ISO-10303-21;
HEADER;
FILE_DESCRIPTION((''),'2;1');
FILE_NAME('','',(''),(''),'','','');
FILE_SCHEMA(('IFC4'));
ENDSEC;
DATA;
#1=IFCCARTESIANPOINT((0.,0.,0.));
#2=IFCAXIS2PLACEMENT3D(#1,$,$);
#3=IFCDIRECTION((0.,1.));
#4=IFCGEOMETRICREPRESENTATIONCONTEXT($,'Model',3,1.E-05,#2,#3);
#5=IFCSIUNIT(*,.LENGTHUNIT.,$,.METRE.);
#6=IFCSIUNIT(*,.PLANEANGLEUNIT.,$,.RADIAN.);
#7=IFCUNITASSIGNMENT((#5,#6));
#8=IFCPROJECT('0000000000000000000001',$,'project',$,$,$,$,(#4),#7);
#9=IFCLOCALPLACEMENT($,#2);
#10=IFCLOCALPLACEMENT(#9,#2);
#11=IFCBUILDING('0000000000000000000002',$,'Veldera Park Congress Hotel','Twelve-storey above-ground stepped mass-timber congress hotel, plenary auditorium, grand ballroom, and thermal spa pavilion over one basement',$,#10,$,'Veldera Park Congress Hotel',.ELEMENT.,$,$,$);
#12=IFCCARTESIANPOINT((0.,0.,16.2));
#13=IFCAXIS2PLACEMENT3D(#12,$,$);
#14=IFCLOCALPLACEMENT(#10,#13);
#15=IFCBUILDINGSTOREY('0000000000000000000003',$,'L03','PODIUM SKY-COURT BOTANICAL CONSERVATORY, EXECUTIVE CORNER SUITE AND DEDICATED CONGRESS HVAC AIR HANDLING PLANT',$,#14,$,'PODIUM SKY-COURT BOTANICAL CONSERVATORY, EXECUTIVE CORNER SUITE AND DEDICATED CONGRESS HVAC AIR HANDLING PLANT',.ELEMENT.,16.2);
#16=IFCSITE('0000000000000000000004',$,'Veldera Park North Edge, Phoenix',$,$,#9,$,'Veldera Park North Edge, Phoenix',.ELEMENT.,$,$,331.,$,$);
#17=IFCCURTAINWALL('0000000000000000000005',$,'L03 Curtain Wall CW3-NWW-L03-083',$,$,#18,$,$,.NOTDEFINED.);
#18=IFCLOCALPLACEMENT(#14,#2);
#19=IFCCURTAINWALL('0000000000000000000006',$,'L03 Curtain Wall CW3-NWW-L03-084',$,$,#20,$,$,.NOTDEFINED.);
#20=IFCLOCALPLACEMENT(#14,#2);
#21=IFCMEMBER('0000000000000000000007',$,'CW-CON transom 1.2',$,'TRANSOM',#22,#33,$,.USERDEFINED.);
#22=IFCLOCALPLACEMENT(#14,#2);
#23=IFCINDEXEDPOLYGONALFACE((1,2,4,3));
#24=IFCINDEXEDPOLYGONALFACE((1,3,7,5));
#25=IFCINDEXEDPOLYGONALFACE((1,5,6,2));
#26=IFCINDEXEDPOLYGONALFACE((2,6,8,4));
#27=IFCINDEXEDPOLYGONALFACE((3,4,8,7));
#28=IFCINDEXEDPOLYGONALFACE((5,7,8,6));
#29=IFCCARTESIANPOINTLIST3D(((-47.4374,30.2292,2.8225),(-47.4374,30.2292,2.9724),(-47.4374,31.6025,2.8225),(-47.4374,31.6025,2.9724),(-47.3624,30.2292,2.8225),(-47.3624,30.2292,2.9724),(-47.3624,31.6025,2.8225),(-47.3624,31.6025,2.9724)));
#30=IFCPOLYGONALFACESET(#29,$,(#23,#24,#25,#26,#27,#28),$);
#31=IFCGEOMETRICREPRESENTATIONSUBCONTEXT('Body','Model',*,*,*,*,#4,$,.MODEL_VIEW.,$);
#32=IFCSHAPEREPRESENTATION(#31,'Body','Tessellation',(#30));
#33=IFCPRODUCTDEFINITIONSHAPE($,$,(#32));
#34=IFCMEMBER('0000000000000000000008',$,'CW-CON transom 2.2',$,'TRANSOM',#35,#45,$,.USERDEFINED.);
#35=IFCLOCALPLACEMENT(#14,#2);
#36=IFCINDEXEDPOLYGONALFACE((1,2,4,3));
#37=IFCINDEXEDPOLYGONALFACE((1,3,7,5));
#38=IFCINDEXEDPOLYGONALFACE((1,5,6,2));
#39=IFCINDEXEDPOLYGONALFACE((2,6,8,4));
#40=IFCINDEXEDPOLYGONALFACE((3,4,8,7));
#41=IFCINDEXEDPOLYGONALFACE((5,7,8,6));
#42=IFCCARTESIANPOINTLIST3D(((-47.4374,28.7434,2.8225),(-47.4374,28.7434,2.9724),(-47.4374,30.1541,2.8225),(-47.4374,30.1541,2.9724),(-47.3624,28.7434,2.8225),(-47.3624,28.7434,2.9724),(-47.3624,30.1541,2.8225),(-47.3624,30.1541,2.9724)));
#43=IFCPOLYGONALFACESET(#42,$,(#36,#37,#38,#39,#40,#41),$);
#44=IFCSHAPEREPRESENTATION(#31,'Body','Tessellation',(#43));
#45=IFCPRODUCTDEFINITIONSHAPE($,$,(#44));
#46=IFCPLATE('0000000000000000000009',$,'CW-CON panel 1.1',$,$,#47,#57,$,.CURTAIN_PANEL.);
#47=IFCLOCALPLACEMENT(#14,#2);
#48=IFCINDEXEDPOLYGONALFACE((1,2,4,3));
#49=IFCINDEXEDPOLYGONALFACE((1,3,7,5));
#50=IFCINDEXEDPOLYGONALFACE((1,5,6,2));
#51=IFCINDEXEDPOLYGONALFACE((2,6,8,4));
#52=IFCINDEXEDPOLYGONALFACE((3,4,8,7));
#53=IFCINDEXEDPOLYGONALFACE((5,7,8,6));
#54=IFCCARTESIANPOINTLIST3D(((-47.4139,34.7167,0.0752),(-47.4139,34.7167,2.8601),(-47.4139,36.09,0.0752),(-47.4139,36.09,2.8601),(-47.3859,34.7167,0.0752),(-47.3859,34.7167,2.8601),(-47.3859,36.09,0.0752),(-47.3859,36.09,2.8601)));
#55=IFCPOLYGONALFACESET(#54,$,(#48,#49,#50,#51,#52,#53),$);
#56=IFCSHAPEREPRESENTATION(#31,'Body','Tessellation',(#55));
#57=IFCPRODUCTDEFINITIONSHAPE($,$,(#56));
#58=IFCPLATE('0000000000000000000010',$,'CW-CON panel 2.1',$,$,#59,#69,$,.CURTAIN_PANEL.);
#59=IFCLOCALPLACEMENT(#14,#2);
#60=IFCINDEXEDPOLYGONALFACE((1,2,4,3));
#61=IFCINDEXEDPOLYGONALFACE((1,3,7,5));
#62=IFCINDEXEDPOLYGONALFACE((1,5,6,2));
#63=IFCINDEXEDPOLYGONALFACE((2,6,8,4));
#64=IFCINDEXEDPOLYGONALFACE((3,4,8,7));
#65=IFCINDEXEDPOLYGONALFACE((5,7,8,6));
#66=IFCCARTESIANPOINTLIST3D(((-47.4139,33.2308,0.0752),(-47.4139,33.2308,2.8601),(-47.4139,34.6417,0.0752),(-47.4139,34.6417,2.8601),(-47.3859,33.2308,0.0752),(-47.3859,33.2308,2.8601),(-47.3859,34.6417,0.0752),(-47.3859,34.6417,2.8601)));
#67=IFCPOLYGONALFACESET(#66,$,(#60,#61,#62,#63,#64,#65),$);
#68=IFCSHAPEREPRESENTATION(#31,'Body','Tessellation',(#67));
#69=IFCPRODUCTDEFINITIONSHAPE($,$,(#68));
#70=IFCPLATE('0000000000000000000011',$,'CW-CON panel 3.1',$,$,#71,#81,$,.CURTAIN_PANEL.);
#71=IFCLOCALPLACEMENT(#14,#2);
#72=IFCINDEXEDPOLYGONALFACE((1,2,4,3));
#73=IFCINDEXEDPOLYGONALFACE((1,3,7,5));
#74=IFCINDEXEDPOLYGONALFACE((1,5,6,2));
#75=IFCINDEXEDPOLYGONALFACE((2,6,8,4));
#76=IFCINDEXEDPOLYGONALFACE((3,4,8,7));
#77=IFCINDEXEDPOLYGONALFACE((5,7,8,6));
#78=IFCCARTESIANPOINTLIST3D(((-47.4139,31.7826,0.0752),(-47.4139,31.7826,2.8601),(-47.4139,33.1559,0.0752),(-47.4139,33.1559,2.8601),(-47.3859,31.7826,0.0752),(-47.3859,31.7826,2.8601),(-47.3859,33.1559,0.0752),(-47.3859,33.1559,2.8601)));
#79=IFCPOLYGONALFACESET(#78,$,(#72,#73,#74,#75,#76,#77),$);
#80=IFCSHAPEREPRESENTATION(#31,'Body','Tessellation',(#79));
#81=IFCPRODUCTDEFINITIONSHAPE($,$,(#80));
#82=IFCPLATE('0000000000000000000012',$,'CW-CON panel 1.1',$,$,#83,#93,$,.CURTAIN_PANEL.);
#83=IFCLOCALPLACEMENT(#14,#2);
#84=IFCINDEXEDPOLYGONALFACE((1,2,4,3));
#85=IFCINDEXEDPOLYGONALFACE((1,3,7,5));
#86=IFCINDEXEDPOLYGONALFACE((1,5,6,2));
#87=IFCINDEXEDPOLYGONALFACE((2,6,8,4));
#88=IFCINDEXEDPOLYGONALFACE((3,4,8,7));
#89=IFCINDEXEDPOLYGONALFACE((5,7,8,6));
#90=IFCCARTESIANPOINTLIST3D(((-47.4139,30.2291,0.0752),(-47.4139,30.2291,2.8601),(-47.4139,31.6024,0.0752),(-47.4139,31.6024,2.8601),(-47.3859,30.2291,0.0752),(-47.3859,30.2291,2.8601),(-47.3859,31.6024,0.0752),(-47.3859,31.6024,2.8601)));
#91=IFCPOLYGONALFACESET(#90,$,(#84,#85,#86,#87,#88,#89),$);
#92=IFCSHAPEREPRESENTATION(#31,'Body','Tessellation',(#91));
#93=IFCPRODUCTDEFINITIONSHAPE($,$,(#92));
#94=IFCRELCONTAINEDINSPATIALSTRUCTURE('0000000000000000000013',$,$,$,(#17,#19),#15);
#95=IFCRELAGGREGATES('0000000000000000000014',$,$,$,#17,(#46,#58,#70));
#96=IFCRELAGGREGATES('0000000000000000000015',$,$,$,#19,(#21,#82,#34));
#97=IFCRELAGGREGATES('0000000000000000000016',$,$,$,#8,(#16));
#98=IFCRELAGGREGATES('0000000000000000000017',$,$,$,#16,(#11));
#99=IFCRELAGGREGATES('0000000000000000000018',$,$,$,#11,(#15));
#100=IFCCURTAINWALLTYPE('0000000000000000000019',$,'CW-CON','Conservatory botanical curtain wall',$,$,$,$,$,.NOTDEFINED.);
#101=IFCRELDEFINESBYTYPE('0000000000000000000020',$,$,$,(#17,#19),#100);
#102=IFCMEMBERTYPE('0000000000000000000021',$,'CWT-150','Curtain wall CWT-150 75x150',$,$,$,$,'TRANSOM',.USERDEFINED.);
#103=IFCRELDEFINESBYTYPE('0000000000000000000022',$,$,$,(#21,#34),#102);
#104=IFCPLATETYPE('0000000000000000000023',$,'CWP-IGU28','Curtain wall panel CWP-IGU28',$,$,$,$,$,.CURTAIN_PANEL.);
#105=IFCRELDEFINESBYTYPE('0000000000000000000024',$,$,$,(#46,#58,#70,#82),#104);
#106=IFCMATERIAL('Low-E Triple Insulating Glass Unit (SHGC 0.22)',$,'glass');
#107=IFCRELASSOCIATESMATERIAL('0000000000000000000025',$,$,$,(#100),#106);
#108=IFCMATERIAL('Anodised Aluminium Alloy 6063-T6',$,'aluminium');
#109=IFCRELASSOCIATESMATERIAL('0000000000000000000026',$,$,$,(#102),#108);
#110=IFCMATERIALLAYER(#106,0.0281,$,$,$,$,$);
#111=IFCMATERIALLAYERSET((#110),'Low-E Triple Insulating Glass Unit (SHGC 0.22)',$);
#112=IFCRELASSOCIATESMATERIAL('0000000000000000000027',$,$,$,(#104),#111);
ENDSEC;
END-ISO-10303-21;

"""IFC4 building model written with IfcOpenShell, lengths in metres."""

from ifc_helpers import new_model, si_unit, direction, frame, origin, origin_2d, place, context, subcontext, project, spatial, rectangle, extrude, material, layer, layer_set, material_profile, profile_set, type_object, element, aggregate, save


model = new_model("IFC4")

# Units and contexts
model_context = context("Model", 3, precision=1e-05, world=origin(), true_north=direction((0.0, 1.0)))
body_context = subcontext(model_context, "Body", "Model", "MODEL_VIEW")
ifc_project = project(units=[si_unit("LENGTHUNIT", "METRE"), si_unit("PLANEANGLEUNIT", "RADIAN")], contexts=[model_context])

# Site, building, storey
site_placement = place(None, origin())
site = spatial("IfcSite", under=ifc_project, at=site_placement, Name="Veldera Park North Edge, Phoenix", LongName="Veldera Park North Edge, Phoenix", CompositionType="ELEMENT", RefElevation=331.0)
building_placement = place(site_placement, origin())
building = spatial("IfcBuilding", under=site, at=building_placement, Name="Veldera Park Congress Hotel", Description="Twelve-storey above-ground stepped mass-timber congress hotel, plenary auditorium, grand ballroom, and thermal spa pavilion over one basement", LongName="Veldera Park Congress Hotel", CompositionType="ELEMENT")
storey_placement = place(building_placement, frame((0.0, 0.0, 16.2)))
storey = spatial("IfcBuildingStorey", under=building, at=storey_placement, Name="L03", Description="PODIUM SKY-COURT BOTANICAL CONSERVATORY, EXECUTIVE CORNER SUITE AND DEDICATED CONGRESS HVAC AIR HANDLING PLANT", LongName="PODIUM SKY-COURT BOTANICAL CONSERVATORY, EXECUTIVE CORNER SUITE AND DEDICATED CONGRESS HVAC AIR HANDLING PLANT", CompositionType="ELEMENT", Elevation=16.2)

# Curtain walls
ifc_material_1 = material(Name="Low-E Triple Insulating Glass Unit (SHGC 0.22)", Category="glass")
curtain_wall_type = type_object("IfcCurtainWallType", Name="CW-CON", Description="Conservatory botanical curtain wall", PredefinedType="NOTDEFINED", material=ifc_material_1)
curtain_wall_1_placement = place(storey_placement, origin())
curtain_wall_1 = element("IfcCurtainWall", 1, at=curtain_wall_1_placement, inside=storey, type_object=curtain_wall_type, Name="L03 Curtain Wall CW3-NWW-L03-083", PredefinedType="NOTDEFINED")
ifc_material_2 = material(Name="Anodised Aluminium Alloy 6063-T6", Category="aluminium")
curtain_wall_2_placement = place(storey_placement, origin())
curtain_wall_2 = element("IfcCurtainWall", 2, at=curtain_wall_2_placement, inside=storey, type_object=curtain_wall_type, Name="L03 Curtain Wall CW3-NWW-L03-084", PredefinedType="NOTDEFINED")

# Members
ifc_material_profile_1 = material_profile(ifc_material_2, rectangle(XDim=0.075, YDim=0.1499, at=origin_2d()), Name="ALU 75x150")
ifc_profile_set_1 = profile_set([ifc_material_profile_1], Name="Anodised Aluminium Alloy 6063-T6")
member_type_1 = type_object("IfcMemberType", Name="CWT-150", Description="Curtain wall CWT-150 75x150", ElementType="TRANSOM", PredefinedType="USERDEFINED", material=ifc_profile_set_1)
member_1_placement = place(storey_placement, frame((-47.3999, 31.6025, 2.8975), z_axis=(0.0, -1.0, 0.0), x_axis=(1.0, 0.0, 0.0)))
member_1 = element("IfcMember", 3, at=member_1_placement, type_object=member_type_1, Name="CW-CON transom 1.2", ObjectType="TRANSOM", PredefinedType="USERDEFINED", context=body_context, shape_type="SweptSolid", body=[
    extrude(rectangle(XDim=0.075, YDim=0.1499, at=origin_2d()), origin(), (0.0, 0.0, 1.0), 1.3733),
])
member_2_placement = place(storey_placement, frame((-47.3999, 30.1541, 2.8975), z_axis=(0.0, -1.0, 0.0), x_axis=(1.0, 0.0, 0.0)))
member_2 = element("IfcMember", 4, at=member_2_placement, type_object=member_type_1, Name="CW-CON transom 2.2", ObjectType="TRANSOM", PredefinedType="USERDEFINED", context=body_context, shape_type="SweptSolid", body=[
    extrude(rectangle(XDim=0.075, YDim=0.1499, at=origin_2d()), origin(), (0.0, 0.0, 1.0), 1.4106),
])

# Plates
ifc_layer = layer(ifc_material_1, 0.0281)
ifc_layer_set = layer_set([ifc_layer], Name="Low-E Triple Insulating Glass Unit (SHGC 0.22)")
plate_type = type_object("IfcPlateType", Name="CWP-IGU28", Description="Curtain wall panel CWP-IGU28", PredefinedType="CURTAIN_PANEL", material=ifc_layer_set)
plate_1_placement = place(storey_placement, frame((-47.3999, 35.4033, 0.0752), z_axis=(0.0, 0.0, 1.0), x_axis=(0.0, -1.0, 0.0)))
plate_1 = element("IfcPlate", 5, at=plate_1_placement, type_object=plate_type, Name="CW-CON panel 1.1", PredefinedType="CURTAIN_PANEL", context=body_context, shape_type="SweptSolid", body=[
    extrude(rectangle(XDim=1.3733, YDim=0.0281, at=origin_2d()), origin(), (0.0, 0.0, 1.0), 2.7849),
])
plate_2_placement = place(storey_placement, frame((-47.3999, 33.9363, 0.0752), z_axis=(0.0, 0.0, 1.0), x_axis=(0.0, -1.0, 0.0)))
plate_2 = element("IfcPlate", 6, at=plate_2_placement, type_object=plate_type, Name="CW-CON panel 2.1", PredefinedType="CURTAIN_PANEL", context=body_context, shape_type="SweptSolid", body=[
    extrude(rectangle(XDim=1.4109, YDim=0.0281, at=origin_2d()), origin(), (0.0, 0.0, 1.0), 2.7849),
])
plate_3_placement = place(storey_placement, frame((-47.3999, 32.4692, 0.0752), z_axis=(0.0, 0.0, 1.0), x_axis=(0.0, -1.0, 0.0)))
plate_3 = element("IfcPlate", 7, at=plate_3_placement, type_object=plate_type, Name="CW-CON panel 3.1", PredefinedType="CURTAIN_PANEL", context=body_context, shape_type="SweptSolid", body=[
    extrude(rectangle(XDim=1.3733, YDim=0.0281, at=origin_2d()), origin(), (0.0, 0.0, 1.0), 2.7849),
])
aggregate(curtain_wall_1, [plate_1, plate_2, plate_3])
plate_4_placement = place(storey_placement, frame((-47.3999, 30.9158, 0.0752), z_axis=(0.0, 0.0, 1.0), x_axis=(0.0, -1.0, 0.0)))
plate_4 = element("IfcPlate", 8, at=plate_4_placement, type_object=plate_type, Name="CW-CON panel 1.1", PredefinedType="CURTAIN_PANEL", context=body_context, shape_type="SweptSolid", body=[
    extrude(rectangle(XDim=1.3733, YDim=0.0281, at=origin_2d()), origin(), (0.0, 0.0, 1.0), 2.7849),
])
aggregate(curtain_wall_2, [member_1, plate_4, member_2])

save(model, "model.ifc")
